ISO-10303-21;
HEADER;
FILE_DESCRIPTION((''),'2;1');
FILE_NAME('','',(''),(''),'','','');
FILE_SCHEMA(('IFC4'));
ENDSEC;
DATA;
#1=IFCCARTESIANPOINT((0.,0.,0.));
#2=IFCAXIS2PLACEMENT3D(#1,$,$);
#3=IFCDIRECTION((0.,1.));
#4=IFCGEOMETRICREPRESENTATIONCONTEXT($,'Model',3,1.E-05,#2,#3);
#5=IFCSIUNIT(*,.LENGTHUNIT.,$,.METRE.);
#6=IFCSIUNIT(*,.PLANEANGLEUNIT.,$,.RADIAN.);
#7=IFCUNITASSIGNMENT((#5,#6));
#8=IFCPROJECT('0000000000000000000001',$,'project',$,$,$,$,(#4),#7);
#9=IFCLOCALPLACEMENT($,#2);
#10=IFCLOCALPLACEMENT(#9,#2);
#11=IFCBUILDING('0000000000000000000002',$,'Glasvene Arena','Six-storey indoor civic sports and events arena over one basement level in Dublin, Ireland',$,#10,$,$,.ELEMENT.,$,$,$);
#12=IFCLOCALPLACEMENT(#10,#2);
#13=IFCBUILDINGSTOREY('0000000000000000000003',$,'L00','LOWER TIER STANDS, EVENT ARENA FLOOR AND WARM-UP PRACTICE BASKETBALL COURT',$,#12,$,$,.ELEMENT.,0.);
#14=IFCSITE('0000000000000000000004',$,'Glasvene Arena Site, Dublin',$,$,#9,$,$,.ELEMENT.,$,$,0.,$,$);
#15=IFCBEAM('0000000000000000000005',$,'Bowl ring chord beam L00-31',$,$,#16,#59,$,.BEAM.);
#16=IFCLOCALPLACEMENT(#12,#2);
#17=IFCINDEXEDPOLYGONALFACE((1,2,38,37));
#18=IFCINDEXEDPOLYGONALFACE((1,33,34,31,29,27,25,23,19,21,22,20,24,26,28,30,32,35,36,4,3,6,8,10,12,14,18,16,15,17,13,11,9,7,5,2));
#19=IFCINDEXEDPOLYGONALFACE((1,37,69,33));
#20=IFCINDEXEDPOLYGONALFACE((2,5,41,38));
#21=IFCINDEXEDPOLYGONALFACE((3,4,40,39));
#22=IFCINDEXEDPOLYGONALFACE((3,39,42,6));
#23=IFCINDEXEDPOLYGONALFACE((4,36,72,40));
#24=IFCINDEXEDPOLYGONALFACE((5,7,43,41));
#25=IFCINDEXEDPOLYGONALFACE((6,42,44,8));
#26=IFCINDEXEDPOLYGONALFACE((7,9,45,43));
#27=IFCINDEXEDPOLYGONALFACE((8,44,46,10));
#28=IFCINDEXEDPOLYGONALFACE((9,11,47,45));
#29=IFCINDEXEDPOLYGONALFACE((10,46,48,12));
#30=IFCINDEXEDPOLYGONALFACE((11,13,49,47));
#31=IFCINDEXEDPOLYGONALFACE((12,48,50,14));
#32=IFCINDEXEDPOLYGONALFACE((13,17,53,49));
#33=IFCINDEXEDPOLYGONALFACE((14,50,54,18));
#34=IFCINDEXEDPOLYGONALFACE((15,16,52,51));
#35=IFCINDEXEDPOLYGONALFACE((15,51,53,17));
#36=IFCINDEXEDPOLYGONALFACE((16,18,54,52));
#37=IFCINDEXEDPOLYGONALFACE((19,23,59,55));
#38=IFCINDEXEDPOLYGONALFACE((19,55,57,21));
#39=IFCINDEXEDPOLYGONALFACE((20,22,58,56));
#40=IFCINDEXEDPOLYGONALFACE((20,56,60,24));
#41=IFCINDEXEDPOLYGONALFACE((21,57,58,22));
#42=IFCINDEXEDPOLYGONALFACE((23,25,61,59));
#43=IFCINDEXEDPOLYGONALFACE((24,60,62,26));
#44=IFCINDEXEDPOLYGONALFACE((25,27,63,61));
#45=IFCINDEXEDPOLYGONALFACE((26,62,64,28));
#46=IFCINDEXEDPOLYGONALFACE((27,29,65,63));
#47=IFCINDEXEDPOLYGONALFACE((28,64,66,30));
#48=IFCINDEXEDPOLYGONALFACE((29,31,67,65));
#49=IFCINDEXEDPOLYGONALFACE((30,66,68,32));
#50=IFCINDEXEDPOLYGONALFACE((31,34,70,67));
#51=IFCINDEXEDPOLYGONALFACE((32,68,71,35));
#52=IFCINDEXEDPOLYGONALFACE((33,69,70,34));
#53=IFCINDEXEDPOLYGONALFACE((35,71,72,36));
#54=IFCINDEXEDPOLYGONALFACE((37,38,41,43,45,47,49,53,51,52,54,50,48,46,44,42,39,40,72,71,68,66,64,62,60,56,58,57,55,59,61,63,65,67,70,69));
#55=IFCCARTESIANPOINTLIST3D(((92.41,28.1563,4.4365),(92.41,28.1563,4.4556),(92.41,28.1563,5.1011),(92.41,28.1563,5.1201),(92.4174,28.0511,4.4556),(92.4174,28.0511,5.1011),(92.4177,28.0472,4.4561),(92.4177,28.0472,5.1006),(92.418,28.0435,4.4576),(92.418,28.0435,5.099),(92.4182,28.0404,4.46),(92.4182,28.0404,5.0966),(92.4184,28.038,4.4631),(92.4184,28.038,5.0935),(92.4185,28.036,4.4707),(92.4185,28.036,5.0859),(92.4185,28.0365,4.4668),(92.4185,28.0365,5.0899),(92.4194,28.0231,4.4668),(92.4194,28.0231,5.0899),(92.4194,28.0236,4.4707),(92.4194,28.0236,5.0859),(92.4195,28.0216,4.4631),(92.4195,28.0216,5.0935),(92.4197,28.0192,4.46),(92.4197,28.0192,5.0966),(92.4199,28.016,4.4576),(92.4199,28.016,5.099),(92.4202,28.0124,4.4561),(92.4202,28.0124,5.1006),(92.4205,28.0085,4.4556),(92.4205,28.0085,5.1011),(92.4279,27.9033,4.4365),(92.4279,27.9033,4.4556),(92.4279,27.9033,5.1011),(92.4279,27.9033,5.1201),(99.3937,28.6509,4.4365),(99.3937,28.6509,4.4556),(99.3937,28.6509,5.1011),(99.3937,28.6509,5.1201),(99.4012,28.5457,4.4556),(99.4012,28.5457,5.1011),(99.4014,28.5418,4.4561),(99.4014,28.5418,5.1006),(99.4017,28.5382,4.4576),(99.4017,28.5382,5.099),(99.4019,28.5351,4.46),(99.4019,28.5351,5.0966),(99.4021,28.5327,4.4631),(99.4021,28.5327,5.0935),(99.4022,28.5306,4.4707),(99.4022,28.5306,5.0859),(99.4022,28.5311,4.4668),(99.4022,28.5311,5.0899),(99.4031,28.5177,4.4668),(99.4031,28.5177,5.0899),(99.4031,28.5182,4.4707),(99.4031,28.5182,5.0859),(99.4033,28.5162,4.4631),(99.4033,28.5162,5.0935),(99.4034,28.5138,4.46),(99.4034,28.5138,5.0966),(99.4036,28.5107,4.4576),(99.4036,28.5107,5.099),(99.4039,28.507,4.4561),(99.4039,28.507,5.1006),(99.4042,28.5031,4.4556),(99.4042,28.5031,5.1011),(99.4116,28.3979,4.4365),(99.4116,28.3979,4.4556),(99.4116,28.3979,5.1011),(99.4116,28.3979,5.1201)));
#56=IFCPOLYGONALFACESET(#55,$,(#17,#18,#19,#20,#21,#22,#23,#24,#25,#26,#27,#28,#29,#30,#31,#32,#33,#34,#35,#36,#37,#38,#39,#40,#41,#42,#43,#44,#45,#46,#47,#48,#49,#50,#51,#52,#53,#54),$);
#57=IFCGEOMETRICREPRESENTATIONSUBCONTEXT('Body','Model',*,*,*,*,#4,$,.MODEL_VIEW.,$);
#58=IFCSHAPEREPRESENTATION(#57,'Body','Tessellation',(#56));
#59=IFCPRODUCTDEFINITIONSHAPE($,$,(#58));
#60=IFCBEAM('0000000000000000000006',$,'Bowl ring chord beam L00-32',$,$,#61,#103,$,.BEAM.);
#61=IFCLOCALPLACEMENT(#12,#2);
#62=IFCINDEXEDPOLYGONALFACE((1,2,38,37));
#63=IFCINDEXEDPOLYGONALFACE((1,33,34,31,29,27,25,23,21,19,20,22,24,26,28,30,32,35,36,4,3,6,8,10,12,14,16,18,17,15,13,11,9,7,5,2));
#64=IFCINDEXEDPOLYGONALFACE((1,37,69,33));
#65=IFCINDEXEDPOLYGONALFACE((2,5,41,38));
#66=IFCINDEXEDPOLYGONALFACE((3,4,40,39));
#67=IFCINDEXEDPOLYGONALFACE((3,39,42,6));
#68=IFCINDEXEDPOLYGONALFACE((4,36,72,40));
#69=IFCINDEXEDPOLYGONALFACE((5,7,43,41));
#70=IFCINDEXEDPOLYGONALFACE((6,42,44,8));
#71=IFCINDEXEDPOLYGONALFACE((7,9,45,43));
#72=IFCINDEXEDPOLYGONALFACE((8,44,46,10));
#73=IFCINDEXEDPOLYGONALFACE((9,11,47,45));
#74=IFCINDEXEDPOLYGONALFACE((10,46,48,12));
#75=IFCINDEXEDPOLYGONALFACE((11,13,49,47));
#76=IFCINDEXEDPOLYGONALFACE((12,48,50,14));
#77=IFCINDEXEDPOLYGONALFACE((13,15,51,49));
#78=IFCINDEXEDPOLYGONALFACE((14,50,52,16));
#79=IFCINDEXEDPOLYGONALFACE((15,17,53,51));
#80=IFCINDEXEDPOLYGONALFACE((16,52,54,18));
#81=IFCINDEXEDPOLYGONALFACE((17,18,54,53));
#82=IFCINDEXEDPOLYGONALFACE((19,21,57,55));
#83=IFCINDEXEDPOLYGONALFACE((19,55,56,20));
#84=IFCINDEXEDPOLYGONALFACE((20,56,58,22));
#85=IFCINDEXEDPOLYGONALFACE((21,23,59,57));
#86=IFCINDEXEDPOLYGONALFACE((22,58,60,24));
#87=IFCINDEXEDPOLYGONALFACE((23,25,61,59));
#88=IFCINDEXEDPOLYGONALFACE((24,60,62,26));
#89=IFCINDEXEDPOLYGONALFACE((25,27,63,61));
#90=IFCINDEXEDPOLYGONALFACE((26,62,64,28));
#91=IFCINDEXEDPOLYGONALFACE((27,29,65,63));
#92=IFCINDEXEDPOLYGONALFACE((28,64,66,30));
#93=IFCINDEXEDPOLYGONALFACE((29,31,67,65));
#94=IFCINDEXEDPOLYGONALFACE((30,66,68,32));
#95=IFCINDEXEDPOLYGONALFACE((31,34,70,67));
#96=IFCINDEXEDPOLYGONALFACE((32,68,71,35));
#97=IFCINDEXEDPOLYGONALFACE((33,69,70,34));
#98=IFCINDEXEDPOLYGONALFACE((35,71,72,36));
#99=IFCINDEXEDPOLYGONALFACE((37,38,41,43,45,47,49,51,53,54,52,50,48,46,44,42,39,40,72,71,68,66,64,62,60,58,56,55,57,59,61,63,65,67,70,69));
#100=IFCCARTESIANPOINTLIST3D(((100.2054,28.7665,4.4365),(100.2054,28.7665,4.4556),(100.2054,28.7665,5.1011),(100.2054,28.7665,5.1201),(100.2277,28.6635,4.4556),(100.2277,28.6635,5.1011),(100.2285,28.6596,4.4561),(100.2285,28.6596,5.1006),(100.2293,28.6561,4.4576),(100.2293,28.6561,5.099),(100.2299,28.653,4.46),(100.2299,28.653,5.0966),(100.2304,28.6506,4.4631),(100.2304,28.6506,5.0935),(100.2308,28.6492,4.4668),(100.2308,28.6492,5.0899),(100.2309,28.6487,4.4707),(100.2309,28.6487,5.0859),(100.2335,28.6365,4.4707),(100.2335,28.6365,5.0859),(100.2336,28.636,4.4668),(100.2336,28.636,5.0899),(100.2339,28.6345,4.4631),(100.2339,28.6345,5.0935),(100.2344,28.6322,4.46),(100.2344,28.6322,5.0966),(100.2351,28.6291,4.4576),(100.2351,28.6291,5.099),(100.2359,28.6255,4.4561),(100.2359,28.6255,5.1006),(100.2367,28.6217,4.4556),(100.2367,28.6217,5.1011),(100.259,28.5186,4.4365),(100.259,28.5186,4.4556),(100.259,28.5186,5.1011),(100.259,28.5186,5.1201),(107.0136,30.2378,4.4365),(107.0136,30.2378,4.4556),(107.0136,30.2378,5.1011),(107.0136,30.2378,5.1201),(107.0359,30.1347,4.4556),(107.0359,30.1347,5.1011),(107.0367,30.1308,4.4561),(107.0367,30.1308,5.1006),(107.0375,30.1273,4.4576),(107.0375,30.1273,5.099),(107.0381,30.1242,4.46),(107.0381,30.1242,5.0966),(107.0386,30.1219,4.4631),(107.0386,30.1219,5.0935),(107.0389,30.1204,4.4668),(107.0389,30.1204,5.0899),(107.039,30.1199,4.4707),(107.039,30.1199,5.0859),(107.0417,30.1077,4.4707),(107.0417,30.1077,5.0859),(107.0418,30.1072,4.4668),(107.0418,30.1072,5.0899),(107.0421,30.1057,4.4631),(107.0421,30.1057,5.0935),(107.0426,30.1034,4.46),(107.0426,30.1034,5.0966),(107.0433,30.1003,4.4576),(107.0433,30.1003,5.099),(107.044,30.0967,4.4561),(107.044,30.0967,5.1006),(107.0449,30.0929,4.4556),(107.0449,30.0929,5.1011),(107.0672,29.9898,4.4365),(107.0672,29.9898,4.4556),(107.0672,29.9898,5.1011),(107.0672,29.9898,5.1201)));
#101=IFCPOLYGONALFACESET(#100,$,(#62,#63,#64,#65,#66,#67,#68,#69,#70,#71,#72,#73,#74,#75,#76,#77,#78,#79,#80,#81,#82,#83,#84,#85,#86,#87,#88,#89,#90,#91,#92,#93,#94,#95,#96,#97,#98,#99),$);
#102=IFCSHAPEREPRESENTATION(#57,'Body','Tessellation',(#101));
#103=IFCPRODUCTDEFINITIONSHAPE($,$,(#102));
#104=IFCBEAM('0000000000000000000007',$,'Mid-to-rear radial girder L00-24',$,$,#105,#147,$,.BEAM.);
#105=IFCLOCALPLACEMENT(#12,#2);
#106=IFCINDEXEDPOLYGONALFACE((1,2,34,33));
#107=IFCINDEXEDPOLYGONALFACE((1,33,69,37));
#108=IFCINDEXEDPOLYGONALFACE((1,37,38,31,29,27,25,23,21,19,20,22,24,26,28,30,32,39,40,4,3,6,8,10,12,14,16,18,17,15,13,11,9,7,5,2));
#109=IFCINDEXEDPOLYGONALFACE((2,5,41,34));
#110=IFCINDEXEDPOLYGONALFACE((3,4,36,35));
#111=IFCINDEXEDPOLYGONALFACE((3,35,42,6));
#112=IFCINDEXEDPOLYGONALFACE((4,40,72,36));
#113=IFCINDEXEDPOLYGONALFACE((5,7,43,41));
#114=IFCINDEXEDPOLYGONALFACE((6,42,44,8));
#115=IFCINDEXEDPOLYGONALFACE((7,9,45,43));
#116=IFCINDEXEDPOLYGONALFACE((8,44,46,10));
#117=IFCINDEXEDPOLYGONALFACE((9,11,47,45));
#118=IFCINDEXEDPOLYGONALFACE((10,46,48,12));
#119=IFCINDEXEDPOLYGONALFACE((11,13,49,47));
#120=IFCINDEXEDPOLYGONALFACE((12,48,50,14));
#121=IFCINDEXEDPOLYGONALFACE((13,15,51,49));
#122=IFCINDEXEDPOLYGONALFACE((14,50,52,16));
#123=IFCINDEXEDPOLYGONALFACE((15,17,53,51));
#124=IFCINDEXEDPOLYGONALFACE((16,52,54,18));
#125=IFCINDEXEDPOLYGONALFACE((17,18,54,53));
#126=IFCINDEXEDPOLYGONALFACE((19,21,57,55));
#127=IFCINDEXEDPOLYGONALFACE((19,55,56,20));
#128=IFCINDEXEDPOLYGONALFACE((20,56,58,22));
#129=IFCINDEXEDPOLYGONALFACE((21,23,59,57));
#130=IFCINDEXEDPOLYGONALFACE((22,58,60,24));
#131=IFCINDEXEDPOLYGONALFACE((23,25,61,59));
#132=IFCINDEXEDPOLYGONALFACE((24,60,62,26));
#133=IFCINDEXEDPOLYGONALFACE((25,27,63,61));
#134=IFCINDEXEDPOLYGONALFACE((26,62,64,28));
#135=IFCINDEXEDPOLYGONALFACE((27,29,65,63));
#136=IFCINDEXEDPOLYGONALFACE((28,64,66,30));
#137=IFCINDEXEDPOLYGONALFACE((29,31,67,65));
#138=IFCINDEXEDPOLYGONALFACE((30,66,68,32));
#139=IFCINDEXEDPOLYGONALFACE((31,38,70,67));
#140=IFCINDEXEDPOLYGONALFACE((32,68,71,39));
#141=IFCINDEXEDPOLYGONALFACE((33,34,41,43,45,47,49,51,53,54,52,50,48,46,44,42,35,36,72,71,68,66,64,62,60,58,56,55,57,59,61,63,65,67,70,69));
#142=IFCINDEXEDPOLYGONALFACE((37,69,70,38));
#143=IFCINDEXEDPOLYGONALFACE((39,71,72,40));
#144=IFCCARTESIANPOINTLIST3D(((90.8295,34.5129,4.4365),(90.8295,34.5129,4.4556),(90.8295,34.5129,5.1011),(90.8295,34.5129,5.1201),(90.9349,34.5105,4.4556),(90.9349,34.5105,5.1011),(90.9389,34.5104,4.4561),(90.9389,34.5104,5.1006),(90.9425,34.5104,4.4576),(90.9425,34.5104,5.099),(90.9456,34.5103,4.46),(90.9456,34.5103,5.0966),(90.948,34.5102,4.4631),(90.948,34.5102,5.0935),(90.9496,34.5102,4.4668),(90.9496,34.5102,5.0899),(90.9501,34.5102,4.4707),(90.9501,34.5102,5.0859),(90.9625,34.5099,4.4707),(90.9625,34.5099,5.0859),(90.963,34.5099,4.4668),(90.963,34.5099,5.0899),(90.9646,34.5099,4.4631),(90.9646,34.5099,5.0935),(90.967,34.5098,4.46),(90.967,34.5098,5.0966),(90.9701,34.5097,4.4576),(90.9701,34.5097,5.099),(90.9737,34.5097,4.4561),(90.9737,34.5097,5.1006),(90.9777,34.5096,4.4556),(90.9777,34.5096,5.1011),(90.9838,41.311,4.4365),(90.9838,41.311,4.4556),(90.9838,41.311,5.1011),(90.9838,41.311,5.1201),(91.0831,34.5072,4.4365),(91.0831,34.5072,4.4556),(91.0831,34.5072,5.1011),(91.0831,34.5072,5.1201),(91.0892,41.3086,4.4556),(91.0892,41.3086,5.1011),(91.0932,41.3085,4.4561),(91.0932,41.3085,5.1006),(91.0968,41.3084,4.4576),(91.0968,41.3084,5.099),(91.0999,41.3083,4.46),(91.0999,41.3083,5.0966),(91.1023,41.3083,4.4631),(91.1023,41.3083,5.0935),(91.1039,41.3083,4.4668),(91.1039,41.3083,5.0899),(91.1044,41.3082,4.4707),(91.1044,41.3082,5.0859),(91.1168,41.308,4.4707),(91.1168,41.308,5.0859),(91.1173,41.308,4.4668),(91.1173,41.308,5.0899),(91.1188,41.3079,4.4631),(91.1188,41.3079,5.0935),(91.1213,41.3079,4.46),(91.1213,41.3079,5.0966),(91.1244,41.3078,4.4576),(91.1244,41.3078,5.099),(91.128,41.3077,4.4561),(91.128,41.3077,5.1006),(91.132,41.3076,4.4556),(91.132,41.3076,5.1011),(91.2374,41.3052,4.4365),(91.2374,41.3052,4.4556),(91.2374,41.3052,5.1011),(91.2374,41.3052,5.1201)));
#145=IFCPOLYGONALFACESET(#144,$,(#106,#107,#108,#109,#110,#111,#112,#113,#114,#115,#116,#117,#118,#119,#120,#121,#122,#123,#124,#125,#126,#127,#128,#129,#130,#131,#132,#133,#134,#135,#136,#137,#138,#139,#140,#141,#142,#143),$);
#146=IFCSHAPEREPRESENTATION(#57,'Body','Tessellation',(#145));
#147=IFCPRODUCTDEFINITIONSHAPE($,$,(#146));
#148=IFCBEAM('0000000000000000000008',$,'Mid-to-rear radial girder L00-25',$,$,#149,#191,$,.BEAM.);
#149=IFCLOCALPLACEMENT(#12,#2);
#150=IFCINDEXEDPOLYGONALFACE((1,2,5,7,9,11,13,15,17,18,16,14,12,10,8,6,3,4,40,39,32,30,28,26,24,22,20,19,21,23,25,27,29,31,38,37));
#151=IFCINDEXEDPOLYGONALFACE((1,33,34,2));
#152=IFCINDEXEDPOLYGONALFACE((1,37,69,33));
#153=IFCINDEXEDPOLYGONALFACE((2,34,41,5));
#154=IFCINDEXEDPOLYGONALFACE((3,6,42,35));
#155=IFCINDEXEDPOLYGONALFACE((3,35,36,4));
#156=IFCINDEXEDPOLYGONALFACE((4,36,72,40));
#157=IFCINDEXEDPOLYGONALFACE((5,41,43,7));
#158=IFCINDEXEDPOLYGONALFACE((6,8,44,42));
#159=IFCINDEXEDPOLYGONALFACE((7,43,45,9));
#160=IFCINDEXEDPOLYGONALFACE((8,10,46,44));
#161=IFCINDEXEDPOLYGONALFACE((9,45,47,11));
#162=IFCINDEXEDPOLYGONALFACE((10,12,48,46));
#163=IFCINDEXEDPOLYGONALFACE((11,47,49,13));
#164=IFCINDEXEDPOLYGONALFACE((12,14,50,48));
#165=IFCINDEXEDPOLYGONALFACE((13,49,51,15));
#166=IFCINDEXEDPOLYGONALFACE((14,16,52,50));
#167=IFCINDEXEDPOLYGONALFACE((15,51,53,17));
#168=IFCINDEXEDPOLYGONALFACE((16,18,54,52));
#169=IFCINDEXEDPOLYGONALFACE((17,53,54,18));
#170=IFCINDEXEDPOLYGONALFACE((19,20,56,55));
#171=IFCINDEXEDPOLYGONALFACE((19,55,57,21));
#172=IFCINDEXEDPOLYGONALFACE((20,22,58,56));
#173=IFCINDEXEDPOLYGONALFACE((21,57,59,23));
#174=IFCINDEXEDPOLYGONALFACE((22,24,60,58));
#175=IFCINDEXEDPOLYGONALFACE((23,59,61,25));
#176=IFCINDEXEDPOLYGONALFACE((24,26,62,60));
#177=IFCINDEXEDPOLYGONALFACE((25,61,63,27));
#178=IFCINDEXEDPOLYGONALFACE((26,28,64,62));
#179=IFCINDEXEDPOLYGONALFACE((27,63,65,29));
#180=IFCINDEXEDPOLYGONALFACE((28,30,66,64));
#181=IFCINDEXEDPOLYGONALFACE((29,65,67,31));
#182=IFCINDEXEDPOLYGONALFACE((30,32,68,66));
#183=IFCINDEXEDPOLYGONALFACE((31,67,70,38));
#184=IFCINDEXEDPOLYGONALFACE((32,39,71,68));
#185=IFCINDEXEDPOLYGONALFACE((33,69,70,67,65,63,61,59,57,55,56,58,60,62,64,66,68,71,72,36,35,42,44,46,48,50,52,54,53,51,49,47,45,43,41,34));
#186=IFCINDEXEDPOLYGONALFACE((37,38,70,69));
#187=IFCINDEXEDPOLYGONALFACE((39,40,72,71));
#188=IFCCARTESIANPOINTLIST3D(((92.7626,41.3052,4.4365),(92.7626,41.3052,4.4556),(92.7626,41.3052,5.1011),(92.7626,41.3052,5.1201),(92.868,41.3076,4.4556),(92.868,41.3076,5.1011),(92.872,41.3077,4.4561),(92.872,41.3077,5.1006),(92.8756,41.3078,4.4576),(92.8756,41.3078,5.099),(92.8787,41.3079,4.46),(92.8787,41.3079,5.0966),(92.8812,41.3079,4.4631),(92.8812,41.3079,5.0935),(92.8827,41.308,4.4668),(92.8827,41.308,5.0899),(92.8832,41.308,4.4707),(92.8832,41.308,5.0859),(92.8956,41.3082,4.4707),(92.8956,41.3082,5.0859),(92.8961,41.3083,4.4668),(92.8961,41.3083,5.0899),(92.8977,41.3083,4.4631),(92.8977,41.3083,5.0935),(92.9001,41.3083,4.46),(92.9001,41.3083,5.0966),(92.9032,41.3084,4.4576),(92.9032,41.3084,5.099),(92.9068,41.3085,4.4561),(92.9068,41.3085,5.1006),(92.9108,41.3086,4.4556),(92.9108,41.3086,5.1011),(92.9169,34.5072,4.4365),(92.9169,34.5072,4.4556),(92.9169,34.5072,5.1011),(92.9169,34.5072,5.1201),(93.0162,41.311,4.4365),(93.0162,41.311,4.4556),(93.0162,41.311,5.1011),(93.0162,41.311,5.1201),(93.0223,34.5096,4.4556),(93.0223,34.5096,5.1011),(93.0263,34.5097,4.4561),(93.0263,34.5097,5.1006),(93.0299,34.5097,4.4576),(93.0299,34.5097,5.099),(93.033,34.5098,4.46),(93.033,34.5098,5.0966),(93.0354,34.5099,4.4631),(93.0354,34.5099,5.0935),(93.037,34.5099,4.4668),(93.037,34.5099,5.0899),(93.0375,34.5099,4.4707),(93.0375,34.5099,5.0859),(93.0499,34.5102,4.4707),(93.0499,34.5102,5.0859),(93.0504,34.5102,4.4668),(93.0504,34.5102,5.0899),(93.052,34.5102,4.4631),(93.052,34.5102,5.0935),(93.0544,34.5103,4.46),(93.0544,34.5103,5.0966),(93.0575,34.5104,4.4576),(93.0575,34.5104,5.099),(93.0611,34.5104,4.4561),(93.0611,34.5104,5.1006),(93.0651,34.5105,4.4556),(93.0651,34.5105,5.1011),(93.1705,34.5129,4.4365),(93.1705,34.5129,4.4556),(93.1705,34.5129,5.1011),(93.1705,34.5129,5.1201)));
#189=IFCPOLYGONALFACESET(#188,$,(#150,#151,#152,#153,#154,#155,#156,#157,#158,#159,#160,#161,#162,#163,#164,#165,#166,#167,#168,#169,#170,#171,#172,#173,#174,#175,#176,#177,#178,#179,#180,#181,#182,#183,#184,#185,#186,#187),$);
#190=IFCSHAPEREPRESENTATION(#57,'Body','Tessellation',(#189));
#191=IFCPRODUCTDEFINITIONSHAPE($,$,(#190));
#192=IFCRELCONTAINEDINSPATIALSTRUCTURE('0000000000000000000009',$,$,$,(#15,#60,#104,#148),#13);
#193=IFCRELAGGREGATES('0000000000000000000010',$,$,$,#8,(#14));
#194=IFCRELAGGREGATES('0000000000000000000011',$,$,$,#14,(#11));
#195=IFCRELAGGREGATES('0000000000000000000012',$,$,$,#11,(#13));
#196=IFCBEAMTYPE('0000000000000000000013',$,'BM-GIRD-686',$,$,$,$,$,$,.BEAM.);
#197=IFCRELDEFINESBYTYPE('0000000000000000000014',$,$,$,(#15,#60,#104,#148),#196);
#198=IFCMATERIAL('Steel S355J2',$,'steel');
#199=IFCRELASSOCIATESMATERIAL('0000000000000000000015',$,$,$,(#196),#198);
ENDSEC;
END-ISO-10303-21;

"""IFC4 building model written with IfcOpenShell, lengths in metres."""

from ifc_helpers import new_model, si_unit, direction, frame, origin, origin_2d, place, context, subcontext, project, spatial, i_section, extrude, material, material_profile, profile_set, type_object, element, save


model = new_model("IFC4")

# Units and contexts
model_context = context("Model", 3, precision=1e-05, world=origin(), true_north=direction((0.0, 1.0)))
body_context = subcontext(model_context, "Body", "Model", "MODEL_VIEW")
ifc_project = project(units=[si_unit("LENGTHUNIT", "METRE"), si_unit("PLANEANGLEUNIT", "RADIAN")], contexts=[model_context])

# Site, building, storey
site_placement = place(None, origin())
site = spatial("IfcSite", under=ifc_project, at=site_placement, Name="Glasvene Arena Site, Dublin", CompositionType="ELEMENT", RefElevation=0.0)
building_placement = place(site_placement, origin())
building = spatial("IfcBuilding", under=site, at=building_placement, Name="Glasvene Arena", Description="Six-storey indoor civic sports and events arena over one basement level in Dublin, Ireland", CompositionType="ELEMENT")
storey_placement = place(building_placement, origin())
storey = spatial("IfcBuildingStorey", under=building, at=storey_placement, Name="L00", Description="LOWER TIER STANDS, EVENT ARENA FLOOR AND WARM-UP PRACTICE BASKETBALL COURT", CompositionType="ELEMENT", Elevation=0.0)

# Shared definitions
ifc_material_1 = material(Name="Steel S355J2", Category="steel")

# Beams
ifc_material_profile_1 = material_profile(ifc_material_1, i_section(OverallWidth=0.2537, OverallDepth=0.6836, WebThickness=0.0125, FlangeThickness=0.019, FilletRadius=0.0151, at=origin_2d()), Name="UKB 686x254x140")
ifc_profile_set_1 = profile_set([ifc_material_profile_1], Name="Steel S355J2")
beam_type_1 = type_object("IfcBeamType", Name="BM-GIRD-686", PredefinedType="BEAM", material=ifc_profile_set_1)
beam_1_placement = place(storey_placement, frame((92.4189, 28.0298, 4.7783), z_axis=(0.997501, 0.07065, 0.0), x_axis=(-0.07065, 0.997501, 0.0)))
element("IfcBeam", 1, at=beam_1_placement, inside=storey, type_object=beam_type_1, Name="Bowl ring chord beam L00-31", PredefinedType="BEAM", context=body_context, shape_type="SweptSolid", body=[
    extrude(i_section(OverallWidth=0.2537, OverallDepth=0.6836, WebThickness=0.0125, FlangeThickness=0.019, FilletRadius=0.0151, at=origin_2d()), origin(), (0.0, 0.0, 1.0), 7.0012),
])
beam_2_placement = place(storey_placement, frame((100.2322, 28.6426, 4.7783), z_axis=(0.977439, 0.211219, 0.0), x_axis=(-0.211219, 0.977439, 0.0)))
element("IfcBeam", 2, at=beam_2_placement, inside=storey, type_object=beam_type_1, Name="Bowl ring chord beam L00-32", PredefinedType="BEAM", context=body_context, shape_type="SweptSolid", body=[
    extrude(i_section(OverallWidth=0.2537, OverallDepth=0.6836, WebThickness=0.0125, FlangeThickness=0.019, FilletRadius=0.0151, at=origin_2d()), origin(), (0.0, 0.0, 1.0), 6.9653),
])
for number, where, z_axis, x_axis, name in (
    (3, (91.1106, 41.3081, 4.7783), (-0.022691, -0.999743, 0.0), (0.999743, -0.022691, 0.0), "Mid-to-rear radial girder L00-24"),
    (4, (92.8894, 41.3081, 4.7783), (0.022691, -0.999743, 0.0), (0.999743, 0.022691, 0.0), "Mid-to-rear radial girder L00-25"),
):
    element("IfcBeam", number, at=place(storey_placement, frame(where, z_axis=z_axis, x_axis=x_axis)), inside=storey, type_object=beam_type_1, Name=name, PredefinedType="BEAM", context=body_context, shape_type="SweptSolid", body=[
        extrude(i_section(OverallWidth=0.2537, OverallDepth=0.6836, WebThickness=0.0125, FlangeThickness=0.019, FilletRadius=0.0151, at=origin_2d()), origin(), (0.0, 0.0, 1.0), 6.7998),
    ])

save(model, "model.ifc")
